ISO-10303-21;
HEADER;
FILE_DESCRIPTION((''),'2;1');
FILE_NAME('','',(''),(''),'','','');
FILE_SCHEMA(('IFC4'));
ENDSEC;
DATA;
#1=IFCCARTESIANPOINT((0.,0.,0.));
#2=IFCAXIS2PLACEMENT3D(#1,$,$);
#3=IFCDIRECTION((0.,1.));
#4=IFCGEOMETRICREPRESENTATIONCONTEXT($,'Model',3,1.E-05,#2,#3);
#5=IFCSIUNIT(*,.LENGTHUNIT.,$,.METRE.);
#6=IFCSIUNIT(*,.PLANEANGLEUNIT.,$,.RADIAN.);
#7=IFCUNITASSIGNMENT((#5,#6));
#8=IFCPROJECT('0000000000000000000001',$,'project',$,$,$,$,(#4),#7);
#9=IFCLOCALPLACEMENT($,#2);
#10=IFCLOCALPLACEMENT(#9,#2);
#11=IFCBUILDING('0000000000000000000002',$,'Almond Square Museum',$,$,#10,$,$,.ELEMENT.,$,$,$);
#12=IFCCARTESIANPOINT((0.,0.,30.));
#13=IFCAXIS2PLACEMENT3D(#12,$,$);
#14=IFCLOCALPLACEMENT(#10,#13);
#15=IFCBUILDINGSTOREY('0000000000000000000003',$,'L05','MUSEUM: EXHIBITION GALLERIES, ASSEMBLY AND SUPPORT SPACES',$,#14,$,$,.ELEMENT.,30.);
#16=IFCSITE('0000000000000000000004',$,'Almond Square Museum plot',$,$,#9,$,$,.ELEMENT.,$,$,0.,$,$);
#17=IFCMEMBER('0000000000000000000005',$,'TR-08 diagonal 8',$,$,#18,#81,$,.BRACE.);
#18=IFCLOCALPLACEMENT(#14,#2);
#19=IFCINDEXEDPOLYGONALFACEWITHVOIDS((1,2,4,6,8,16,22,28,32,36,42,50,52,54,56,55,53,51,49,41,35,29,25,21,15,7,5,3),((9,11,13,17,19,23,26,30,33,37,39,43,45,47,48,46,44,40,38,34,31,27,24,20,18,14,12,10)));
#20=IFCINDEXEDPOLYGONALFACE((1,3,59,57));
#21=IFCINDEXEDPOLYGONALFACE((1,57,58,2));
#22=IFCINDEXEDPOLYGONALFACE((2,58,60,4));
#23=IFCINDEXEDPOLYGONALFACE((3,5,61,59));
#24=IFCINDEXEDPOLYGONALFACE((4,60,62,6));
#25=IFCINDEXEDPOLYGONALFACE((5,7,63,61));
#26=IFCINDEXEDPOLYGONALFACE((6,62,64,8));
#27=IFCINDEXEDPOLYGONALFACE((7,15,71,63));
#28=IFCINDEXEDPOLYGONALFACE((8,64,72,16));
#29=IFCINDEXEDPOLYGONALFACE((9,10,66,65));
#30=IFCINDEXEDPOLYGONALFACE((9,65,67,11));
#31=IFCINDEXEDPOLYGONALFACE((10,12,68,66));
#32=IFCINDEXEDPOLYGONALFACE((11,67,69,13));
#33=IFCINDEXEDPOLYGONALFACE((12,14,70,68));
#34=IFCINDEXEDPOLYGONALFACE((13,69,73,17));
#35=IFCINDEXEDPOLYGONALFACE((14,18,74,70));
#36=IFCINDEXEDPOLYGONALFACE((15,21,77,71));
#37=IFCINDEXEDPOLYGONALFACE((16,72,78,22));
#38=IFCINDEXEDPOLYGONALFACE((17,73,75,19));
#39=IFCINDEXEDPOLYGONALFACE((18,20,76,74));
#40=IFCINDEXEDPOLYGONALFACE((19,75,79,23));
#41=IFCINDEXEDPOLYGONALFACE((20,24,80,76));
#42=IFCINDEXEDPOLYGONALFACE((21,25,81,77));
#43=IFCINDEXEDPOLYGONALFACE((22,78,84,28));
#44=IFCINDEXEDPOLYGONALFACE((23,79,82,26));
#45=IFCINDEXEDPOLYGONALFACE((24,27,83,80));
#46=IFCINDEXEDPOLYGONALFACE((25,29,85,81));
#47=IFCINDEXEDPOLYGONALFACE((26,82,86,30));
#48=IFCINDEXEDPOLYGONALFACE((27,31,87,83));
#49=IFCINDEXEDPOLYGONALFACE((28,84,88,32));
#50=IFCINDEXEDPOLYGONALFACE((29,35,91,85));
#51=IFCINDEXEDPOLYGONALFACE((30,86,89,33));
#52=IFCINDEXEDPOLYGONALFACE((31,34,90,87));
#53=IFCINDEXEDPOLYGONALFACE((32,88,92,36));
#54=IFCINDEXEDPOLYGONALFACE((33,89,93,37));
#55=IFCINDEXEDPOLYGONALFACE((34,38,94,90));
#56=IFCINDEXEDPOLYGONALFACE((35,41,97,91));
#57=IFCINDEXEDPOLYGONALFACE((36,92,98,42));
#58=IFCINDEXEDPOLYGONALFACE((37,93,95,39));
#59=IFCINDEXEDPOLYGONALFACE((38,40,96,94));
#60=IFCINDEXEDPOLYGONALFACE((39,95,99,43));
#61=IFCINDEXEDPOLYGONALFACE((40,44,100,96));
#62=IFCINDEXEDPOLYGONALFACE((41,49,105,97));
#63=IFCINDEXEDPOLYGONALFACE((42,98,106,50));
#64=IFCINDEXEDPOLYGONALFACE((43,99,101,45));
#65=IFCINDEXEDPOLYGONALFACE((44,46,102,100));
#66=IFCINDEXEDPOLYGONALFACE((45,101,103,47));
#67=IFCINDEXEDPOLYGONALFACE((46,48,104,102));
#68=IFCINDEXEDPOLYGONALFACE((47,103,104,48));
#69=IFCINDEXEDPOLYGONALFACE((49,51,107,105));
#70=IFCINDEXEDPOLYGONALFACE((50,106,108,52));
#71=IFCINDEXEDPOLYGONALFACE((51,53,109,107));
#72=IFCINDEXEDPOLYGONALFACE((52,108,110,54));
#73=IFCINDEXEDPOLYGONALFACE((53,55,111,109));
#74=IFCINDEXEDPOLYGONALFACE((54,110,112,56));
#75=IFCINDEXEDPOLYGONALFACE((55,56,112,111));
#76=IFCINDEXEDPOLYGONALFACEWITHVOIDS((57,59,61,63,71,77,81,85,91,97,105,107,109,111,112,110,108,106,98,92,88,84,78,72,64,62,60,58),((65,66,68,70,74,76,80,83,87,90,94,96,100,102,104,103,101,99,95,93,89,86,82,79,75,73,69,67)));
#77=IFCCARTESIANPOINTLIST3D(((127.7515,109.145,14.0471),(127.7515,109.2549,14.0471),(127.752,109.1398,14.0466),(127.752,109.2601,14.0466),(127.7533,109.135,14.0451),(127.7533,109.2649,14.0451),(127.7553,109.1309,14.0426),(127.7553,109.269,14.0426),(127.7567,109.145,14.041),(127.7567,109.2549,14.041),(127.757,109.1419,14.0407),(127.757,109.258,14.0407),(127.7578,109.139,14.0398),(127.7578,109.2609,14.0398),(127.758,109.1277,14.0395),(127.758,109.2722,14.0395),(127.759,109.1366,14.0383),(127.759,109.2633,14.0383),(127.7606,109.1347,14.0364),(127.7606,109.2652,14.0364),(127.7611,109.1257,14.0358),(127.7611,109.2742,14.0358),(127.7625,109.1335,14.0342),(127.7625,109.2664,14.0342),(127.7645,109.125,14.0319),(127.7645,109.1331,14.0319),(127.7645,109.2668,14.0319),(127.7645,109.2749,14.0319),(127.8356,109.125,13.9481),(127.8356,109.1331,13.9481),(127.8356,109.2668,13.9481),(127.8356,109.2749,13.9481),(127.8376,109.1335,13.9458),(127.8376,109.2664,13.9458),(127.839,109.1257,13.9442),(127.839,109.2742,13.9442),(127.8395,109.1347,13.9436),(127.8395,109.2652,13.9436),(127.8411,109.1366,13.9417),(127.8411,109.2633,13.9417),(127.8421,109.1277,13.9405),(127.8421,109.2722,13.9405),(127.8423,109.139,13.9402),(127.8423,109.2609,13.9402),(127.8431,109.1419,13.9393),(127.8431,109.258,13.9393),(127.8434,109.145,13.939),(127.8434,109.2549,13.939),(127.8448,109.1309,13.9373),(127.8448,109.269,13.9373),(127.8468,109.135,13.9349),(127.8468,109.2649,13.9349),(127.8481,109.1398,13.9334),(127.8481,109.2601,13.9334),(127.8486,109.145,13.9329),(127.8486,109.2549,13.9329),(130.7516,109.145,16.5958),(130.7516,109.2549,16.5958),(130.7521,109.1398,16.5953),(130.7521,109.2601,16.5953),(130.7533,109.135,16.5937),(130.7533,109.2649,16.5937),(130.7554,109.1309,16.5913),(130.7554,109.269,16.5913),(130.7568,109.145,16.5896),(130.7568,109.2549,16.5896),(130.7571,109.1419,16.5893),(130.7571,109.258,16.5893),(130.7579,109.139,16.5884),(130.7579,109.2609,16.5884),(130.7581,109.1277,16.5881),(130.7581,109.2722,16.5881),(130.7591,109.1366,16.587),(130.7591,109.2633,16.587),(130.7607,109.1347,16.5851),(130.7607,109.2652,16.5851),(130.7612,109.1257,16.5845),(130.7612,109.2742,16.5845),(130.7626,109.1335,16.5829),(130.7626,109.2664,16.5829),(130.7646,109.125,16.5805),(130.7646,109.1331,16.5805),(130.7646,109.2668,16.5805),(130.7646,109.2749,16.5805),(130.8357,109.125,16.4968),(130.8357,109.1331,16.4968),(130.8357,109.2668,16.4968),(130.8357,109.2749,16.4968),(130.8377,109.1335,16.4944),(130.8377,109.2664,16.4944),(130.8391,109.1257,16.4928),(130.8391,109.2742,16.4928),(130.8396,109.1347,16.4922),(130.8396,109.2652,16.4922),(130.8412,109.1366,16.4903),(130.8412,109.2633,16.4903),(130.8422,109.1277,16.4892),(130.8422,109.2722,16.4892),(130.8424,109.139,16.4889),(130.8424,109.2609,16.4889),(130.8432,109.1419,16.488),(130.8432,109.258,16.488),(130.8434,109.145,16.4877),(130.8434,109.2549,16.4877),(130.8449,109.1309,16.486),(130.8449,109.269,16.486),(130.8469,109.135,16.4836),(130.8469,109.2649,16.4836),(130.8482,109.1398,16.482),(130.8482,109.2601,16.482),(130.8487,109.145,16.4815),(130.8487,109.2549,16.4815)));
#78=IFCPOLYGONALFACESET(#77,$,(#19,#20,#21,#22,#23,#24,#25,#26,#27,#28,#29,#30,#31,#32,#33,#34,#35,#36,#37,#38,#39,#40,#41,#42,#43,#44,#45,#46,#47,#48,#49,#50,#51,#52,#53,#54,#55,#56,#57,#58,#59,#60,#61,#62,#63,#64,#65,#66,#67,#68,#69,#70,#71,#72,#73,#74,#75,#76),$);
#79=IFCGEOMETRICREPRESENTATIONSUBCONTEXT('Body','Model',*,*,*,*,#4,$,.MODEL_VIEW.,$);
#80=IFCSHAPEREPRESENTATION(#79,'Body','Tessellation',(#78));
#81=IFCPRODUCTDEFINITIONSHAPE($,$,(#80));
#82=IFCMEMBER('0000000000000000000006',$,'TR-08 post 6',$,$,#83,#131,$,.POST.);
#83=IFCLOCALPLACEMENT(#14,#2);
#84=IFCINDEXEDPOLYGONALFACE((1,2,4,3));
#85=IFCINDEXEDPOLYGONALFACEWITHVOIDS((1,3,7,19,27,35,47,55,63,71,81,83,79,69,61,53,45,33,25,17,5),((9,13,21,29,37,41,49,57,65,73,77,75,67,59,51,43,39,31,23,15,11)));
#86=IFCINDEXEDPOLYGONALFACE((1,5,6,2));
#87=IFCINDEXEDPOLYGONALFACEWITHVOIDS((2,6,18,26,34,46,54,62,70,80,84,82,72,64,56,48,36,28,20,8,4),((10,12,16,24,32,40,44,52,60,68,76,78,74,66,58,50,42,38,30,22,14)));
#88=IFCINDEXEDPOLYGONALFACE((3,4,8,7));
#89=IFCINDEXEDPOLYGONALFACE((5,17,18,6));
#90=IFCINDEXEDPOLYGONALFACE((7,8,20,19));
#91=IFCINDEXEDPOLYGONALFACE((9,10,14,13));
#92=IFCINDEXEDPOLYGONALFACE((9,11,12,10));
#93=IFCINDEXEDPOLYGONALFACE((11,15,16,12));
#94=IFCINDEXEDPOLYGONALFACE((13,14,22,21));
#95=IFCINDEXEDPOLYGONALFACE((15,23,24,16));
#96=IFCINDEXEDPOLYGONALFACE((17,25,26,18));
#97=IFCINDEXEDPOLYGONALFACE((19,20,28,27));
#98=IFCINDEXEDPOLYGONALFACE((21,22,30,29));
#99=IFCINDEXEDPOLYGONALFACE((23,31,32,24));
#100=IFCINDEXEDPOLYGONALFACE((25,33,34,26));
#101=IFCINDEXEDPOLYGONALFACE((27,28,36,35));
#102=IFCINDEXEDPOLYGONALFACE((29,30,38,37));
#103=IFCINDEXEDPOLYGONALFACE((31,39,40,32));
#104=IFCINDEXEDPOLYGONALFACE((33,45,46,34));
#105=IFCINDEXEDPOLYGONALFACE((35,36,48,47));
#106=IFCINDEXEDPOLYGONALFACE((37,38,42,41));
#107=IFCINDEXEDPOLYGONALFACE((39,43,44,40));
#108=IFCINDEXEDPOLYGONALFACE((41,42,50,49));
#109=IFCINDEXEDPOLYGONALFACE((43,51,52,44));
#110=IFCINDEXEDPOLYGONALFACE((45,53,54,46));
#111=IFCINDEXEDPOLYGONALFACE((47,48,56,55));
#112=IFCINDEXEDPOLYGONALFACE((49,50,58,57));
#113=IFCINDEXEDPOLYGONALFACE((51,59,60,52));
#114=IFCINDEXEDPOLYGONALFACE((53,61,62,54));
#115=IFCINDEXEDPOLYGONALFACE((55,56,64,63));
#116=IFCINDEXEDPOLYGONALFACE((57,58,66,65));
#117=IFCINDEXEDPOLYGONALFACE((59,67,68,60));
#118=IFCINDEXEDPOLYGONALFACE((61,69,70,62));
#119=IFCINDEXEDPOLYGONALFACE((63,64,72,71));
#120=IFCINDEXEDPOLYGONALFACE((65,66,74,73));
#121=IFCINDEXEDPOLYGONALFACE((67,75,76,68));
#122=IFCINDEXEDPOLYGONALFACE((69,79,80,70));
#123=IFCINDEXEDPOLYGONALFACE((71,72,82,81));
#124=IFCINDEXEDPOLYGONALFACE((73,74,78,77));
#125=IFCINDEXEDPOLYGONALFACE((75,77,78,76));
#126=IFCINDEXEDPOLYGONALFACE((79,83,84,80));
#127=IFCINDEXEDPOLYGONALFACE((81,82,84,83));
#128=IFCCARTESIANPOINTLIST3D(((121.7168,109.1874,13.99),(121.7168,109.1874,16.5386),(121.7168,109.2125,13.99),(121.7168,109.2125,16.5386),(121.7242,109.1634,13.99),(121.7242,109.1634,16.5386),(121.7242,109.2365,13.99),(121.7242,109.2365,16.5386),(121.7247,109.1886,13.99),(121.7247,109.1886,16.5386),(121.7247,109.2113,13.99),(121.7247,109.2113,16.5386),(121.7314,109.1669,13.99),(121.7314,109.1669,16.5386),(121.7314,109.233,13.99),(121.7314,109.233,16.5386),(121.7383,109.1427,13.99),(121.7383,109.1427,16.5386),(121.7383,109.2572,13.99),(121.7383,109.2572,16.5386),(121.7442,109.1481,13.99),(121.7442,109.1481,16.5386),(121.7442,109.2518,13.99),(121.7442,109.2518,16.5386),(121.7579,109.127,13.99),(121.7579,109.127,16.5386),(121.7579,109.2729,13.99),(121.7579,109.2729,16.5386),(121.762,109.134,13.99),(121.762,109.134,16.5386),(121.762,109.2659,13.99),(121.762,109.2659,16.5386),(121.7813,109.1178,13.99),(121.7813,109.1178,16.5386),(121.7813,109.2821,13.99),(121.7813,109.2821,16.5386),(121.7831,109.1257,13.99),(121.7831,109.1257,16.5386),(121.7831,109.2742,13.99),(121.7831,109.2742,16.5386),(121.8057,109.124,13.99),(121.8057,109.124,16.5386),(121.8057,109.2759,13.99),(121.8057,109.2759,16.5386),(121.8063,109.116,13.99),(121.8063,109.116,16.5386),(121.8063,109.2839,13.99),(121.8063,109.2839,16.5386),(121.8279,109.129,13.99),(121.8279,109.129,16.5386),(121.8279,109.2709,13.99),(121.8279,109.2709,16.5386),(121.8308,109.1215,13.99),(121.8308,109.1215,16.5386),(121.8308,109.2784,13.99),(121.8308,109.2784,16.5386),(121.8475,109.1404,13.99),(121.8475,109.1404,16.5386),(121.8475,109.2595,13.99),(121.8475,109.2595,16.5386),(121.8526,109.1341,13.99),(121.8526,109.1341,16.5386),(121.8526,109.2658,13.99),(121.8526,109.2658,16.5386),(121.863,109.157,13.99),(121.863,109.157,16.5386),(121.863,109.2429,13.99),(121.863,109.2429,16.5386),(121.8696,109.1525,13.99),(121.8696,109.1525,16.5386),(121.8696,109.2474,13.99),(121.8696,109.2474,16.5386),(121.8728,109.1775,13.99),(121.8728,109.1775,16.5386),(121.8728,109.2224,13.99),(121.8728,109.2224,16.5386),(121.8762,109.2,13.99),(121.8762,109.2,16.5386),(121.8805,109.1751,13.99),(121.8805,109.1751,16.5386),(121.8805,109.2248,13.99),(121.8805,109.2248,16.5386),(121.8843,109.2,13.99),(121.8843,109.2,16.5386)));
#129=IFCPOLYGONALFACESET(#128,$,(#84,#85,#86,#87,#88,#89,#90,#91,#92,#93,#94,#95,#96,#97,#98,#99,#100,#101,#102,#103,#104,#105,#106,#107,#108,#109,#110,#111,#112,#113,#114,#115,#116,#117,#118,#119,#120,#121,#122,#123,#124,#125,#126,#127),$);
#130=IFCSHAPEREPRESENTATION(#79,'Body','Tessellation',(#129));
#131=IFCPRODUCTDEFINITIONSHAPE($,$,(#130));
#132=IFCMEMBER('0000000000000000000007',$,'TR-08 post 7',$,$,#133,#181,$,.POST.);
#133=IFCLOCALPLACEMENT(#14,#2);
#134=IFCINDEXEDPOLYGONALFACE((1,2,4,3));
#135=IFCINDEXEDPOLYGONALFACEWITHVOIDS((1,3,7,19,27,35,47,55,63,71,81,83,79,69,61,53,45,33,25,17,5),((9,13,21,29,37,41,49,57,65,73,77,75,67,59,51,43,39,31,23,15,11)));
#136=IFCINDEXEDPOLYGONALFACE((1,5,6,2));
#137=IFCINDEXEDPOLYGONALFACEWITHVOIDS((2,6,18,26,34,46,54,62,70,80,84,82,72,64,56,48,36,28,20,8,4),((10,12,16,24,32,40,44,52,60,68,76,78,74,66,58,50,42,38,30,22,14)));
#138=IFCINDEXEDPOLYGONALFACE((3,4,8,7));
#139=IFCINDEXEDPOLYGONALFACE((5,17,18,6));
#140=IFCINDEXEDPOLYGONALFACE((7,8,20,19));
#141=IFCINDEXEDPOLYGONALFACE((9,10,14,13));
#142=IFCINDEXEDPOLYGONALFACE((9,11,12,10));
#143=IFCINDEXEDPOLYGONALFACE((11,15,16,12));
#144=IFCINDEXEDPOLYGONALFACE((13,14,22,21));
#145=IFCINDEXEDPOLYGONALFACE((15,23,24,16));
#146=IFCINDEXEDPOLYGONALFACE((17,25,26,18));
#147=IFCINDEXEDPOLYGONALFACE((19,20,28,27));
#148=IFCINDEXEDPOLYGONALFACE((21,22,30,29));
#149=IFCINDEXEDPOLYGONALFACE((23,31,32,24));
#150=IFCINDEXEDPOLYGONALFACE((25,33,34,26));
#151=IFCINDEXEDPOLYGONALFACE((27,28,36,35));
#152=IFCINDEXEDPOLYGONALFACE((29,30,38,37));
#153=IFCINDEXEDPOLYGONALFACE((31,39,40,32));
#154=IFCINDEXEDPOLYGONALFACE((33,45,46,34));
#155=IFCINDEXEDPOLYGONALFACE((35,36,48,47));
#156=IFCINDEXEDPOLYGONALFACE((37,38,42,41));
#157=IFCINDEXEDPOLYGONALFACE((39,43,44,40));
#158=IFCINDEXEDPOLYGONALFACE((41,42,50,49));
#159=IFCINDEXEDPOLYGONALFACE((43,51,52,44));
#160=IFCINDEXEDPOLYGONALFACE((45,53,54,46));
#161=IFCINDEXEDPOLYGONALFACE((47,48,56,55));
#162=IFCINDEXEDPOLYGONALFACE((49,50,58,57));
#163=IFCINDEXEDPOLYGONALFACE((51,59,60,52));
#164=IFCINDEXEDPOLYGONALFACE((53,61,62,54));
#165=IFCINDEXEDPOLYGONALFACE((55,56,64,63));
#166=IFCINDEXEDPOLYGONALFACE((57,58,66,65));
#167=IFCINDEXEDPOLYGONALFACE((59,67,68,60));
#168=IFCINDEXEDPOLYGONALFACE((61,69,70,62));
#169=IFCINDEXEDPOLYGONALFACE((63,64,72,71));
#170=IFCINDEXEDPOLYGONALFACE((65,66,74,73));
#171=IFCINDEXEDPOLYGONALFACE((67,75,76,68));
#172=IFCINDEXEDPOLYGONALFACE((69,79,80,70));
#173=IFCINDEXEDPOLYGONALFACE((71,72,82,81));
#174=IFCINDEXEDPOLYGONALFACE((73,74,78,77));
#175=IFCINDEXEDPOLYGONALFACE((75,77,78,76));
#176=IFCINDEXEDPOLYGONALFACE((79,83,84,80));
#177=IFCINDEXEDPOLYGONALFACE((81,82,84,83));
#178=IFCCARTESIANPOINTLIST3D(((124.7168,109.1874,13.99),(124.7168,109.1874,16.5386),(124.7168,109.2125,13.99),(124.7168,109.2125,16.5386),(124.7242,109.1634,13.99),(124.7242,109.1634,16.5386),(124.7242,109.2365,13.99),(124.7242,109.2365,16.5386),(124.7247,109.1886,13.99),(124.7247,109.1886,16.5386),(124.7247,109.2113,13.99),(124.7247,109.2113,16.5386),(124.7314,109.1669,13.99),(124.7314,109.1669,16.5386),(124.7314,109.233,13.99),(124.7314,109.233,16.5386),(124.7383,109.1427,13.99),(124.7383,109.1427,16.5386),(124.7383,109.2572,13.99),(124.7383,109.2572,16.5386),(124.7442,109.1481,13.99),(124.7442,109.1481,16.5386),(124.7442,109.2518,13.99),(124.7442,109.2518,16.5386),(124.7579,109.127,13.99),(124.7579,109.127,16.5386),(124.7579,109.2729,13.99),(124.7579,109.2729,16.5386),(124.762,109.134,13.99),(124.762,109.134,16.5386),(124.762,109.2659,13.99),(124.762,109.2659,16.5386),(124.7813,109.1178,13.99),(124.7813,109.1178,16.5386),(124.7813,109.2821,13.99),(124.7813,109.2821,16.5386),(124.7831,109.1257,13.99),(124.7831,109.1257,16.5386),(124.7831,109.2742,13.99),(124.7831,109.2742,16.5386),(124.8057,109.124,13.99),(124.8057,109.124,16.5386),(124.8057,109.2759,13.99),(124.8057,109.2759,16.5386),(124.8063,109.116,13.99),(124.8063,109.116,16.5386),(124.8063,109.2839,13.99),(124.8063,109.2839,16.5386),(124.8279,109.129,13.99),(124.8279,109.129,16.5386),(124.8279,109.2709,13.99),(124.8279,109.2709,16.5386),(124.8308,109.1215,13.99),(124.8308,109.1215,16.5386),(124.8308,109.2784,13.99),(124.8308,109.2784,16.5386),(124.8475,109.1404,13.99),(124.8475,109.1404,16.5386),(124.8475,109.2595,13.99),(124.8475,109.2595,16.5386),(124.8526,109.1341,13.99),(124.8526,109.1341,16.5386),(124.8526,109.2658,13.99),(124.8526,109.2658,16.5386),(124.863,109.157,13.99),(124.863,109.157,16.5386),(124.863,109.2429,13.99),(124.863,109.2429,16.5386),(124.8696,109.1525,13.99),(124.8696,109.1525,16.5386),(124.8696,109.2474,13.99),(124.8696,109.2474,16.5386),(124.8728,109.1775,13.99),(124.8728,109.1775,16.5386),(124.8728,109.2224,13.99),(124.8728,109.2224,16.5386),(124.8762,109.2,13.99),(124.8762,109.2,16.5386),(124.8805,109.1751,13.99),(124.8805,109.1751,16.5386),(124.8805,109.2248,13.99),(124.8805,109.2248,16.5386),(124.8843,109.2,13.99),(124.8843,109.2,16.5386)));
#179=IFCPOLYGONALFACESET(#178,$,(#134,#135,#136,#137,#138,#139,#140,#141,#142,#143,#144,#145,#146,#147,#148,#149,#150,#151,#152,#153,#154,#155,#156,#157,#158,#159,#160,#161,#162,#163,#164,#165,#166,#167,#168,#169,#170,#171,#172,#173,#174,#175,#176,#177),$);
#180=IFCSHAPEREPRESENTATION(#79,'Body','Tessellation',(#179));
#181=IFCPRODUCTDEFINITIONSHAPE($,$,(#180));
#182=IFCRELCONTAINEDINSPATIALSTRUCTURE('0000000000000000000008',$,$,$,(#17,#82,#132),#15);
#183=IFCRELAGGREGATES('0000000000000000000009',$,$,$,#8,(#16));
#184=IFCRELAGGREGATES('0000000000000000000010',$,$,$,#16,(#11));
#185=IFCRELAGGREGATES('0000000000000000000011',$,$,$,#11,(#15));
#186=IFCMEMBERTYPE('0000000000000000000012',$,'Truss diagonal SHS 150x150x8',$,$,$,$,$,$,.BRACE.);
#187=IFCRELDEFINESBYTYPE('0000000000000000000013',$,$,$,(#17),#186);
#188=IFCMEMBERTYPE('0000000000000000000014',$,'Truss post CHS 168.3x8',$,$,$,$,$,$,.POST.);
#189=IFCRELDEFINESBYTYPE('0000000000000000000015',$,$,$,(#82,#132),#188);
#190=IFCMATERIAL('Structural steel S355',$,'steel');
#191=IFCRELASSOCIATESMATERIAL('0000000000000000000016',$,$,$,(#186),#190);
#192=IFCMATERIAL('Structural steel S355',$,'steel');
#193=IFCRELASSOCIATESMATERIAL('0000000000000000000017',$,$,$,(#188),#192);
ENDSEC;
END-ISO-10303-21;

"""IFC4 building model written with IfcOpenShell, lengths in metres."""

from ifc_helpers import new_model, si_unit, direction, frame, origin, origin_2d, place, context, subcontext, project, spatial, hollow_rectangle, hollow_circle, extrude, material, material_profile, profile_set, type_object, element, save


model = new_model("IFC4")

# Units and contexts
model_context = context("Model", 3, precision=1e-05, world=origin(), true_north=direction((0.0, 1.0)))
body_context = subcontext(model_context, "Body", "Model", "MODEL_VIEW")
ifc_project = project(units=[si_unit("LENGTHUNIT", "METRE"), si_unit("PLANEANGLEUNIT", "RADIAN")], contexts=[model_context])

# Site, building, storey
site_placement = place(None, origin())
site = spatial("IfcSite", under=ifc_project, at=site_placement, Name="Almond Square Museum plot", CompositionType="ELEMENT", RefElevation=0.0)
building_placement = place(site_placement, origin())
building = spatial("IfcBuilding", under=site, at=building_placement, Name="Almond Square Museum", CompositionType="ELEMENT")
storey_placement = place(building_placement, frame((0.0, 0.0, 30.0)))
storey = spatial("IfcBuildingStorey", under=building, at=storey_placement, Name="L05", Description="MUSEUM: EXHIBITION GALLERIES, ASSEMBLY AND SUPPORT SPACES", CompositionType="ELEMENT", Elevation=30.0)

# Members
ifc_material_1 = material(Name="Structural steel S355", Category="steel")
ifc_material_profile_1 = material_profile(ifc_material_1, hollow_rectangle(XDim=0.1499, YDim=0.1499, WallThickness=0.0081, InnerFilletRadius=0.012, OuterFilletRadius=0.02, at=origin_2d()))
ifc_profile_set_1 = profile_set([ifc_material_profile_1], Name="Structural steel S355")
member_type_1 = type_object("IfcMemberType", Name="Truss diagonal SHS 150x150x8", PredefinedType="BRACE", material=ifc_profile_set_1)
for number, where, z_axis, x_axis, name in (
    (1, (127.8, 109.2, 13.99), (0.762117, 0.0, 0.64744), (0.0, 1.0, 0.0), "TR-08 diagonal 8"),
):
    element("IfcMember", number, at=place(storey_placement, frame(where, z_axis=z_axis, x_axis=x_axis)), inside=storey, type_object=member_type_1, Name=name, PredefinedType="BRACE", context=body_context, shape_type="SweptSolid", body=[
        extrude(hollow_rectangle(XDim=0.1499, YDim=0.1499, WallThickness=0.0081, InnerFilletRadius=0.012, OuterFilletRadius=0.02, at=origin_2d()), origin(), (0.0, 0.0, 1.0), 3.9365),
    ])
ifc_material_2 = material(Name="Structural steel S355", Category="steel")
ifc_material_profile_2 = material_profile(ifc_material_2, hollow_circle(Radius=0.0842, WallThickness=0.0081, at=origin_2d()))
ifc_profile_set_2 = profile_set([ifc_material_profile_2], Name="Structural steel S355")
member_type_2 = type_object("IfcMemberType", Name="Truss post CHS 168.3x8", PredefinedType="POST", material=ifc_profile_set_2)
for number, where, z_axis, x_axis, name in (
    (2, (121.8, 109.2, 13.99), (0.0, 0.0, 1.0), (1.0, 0.0, 0.0), "TR-08 post 6"),
    (3, (124.8, 109.2, 13.99), (0.0, 0.0, 1.0), (1.0, 0.0, 0.0), "TR-08 post 7"),
):
    element("IfcMember", number, at=place(storey_placement, frame(where, z_axis=z_axis, x_axis=x_axis)), inside=storey, type_object=member_type_2, Name=name, PredefinedType="POST", context=body_context, shape_type="SweptSolid", body=[
        extrude(hollow_circle(Radius=0.0842, WallThickness=0.0081, at=origin_2d()), origin(), (0.0, 0.0, 1.0), 2.5486),
    ])

save(model, "model.ifc")
